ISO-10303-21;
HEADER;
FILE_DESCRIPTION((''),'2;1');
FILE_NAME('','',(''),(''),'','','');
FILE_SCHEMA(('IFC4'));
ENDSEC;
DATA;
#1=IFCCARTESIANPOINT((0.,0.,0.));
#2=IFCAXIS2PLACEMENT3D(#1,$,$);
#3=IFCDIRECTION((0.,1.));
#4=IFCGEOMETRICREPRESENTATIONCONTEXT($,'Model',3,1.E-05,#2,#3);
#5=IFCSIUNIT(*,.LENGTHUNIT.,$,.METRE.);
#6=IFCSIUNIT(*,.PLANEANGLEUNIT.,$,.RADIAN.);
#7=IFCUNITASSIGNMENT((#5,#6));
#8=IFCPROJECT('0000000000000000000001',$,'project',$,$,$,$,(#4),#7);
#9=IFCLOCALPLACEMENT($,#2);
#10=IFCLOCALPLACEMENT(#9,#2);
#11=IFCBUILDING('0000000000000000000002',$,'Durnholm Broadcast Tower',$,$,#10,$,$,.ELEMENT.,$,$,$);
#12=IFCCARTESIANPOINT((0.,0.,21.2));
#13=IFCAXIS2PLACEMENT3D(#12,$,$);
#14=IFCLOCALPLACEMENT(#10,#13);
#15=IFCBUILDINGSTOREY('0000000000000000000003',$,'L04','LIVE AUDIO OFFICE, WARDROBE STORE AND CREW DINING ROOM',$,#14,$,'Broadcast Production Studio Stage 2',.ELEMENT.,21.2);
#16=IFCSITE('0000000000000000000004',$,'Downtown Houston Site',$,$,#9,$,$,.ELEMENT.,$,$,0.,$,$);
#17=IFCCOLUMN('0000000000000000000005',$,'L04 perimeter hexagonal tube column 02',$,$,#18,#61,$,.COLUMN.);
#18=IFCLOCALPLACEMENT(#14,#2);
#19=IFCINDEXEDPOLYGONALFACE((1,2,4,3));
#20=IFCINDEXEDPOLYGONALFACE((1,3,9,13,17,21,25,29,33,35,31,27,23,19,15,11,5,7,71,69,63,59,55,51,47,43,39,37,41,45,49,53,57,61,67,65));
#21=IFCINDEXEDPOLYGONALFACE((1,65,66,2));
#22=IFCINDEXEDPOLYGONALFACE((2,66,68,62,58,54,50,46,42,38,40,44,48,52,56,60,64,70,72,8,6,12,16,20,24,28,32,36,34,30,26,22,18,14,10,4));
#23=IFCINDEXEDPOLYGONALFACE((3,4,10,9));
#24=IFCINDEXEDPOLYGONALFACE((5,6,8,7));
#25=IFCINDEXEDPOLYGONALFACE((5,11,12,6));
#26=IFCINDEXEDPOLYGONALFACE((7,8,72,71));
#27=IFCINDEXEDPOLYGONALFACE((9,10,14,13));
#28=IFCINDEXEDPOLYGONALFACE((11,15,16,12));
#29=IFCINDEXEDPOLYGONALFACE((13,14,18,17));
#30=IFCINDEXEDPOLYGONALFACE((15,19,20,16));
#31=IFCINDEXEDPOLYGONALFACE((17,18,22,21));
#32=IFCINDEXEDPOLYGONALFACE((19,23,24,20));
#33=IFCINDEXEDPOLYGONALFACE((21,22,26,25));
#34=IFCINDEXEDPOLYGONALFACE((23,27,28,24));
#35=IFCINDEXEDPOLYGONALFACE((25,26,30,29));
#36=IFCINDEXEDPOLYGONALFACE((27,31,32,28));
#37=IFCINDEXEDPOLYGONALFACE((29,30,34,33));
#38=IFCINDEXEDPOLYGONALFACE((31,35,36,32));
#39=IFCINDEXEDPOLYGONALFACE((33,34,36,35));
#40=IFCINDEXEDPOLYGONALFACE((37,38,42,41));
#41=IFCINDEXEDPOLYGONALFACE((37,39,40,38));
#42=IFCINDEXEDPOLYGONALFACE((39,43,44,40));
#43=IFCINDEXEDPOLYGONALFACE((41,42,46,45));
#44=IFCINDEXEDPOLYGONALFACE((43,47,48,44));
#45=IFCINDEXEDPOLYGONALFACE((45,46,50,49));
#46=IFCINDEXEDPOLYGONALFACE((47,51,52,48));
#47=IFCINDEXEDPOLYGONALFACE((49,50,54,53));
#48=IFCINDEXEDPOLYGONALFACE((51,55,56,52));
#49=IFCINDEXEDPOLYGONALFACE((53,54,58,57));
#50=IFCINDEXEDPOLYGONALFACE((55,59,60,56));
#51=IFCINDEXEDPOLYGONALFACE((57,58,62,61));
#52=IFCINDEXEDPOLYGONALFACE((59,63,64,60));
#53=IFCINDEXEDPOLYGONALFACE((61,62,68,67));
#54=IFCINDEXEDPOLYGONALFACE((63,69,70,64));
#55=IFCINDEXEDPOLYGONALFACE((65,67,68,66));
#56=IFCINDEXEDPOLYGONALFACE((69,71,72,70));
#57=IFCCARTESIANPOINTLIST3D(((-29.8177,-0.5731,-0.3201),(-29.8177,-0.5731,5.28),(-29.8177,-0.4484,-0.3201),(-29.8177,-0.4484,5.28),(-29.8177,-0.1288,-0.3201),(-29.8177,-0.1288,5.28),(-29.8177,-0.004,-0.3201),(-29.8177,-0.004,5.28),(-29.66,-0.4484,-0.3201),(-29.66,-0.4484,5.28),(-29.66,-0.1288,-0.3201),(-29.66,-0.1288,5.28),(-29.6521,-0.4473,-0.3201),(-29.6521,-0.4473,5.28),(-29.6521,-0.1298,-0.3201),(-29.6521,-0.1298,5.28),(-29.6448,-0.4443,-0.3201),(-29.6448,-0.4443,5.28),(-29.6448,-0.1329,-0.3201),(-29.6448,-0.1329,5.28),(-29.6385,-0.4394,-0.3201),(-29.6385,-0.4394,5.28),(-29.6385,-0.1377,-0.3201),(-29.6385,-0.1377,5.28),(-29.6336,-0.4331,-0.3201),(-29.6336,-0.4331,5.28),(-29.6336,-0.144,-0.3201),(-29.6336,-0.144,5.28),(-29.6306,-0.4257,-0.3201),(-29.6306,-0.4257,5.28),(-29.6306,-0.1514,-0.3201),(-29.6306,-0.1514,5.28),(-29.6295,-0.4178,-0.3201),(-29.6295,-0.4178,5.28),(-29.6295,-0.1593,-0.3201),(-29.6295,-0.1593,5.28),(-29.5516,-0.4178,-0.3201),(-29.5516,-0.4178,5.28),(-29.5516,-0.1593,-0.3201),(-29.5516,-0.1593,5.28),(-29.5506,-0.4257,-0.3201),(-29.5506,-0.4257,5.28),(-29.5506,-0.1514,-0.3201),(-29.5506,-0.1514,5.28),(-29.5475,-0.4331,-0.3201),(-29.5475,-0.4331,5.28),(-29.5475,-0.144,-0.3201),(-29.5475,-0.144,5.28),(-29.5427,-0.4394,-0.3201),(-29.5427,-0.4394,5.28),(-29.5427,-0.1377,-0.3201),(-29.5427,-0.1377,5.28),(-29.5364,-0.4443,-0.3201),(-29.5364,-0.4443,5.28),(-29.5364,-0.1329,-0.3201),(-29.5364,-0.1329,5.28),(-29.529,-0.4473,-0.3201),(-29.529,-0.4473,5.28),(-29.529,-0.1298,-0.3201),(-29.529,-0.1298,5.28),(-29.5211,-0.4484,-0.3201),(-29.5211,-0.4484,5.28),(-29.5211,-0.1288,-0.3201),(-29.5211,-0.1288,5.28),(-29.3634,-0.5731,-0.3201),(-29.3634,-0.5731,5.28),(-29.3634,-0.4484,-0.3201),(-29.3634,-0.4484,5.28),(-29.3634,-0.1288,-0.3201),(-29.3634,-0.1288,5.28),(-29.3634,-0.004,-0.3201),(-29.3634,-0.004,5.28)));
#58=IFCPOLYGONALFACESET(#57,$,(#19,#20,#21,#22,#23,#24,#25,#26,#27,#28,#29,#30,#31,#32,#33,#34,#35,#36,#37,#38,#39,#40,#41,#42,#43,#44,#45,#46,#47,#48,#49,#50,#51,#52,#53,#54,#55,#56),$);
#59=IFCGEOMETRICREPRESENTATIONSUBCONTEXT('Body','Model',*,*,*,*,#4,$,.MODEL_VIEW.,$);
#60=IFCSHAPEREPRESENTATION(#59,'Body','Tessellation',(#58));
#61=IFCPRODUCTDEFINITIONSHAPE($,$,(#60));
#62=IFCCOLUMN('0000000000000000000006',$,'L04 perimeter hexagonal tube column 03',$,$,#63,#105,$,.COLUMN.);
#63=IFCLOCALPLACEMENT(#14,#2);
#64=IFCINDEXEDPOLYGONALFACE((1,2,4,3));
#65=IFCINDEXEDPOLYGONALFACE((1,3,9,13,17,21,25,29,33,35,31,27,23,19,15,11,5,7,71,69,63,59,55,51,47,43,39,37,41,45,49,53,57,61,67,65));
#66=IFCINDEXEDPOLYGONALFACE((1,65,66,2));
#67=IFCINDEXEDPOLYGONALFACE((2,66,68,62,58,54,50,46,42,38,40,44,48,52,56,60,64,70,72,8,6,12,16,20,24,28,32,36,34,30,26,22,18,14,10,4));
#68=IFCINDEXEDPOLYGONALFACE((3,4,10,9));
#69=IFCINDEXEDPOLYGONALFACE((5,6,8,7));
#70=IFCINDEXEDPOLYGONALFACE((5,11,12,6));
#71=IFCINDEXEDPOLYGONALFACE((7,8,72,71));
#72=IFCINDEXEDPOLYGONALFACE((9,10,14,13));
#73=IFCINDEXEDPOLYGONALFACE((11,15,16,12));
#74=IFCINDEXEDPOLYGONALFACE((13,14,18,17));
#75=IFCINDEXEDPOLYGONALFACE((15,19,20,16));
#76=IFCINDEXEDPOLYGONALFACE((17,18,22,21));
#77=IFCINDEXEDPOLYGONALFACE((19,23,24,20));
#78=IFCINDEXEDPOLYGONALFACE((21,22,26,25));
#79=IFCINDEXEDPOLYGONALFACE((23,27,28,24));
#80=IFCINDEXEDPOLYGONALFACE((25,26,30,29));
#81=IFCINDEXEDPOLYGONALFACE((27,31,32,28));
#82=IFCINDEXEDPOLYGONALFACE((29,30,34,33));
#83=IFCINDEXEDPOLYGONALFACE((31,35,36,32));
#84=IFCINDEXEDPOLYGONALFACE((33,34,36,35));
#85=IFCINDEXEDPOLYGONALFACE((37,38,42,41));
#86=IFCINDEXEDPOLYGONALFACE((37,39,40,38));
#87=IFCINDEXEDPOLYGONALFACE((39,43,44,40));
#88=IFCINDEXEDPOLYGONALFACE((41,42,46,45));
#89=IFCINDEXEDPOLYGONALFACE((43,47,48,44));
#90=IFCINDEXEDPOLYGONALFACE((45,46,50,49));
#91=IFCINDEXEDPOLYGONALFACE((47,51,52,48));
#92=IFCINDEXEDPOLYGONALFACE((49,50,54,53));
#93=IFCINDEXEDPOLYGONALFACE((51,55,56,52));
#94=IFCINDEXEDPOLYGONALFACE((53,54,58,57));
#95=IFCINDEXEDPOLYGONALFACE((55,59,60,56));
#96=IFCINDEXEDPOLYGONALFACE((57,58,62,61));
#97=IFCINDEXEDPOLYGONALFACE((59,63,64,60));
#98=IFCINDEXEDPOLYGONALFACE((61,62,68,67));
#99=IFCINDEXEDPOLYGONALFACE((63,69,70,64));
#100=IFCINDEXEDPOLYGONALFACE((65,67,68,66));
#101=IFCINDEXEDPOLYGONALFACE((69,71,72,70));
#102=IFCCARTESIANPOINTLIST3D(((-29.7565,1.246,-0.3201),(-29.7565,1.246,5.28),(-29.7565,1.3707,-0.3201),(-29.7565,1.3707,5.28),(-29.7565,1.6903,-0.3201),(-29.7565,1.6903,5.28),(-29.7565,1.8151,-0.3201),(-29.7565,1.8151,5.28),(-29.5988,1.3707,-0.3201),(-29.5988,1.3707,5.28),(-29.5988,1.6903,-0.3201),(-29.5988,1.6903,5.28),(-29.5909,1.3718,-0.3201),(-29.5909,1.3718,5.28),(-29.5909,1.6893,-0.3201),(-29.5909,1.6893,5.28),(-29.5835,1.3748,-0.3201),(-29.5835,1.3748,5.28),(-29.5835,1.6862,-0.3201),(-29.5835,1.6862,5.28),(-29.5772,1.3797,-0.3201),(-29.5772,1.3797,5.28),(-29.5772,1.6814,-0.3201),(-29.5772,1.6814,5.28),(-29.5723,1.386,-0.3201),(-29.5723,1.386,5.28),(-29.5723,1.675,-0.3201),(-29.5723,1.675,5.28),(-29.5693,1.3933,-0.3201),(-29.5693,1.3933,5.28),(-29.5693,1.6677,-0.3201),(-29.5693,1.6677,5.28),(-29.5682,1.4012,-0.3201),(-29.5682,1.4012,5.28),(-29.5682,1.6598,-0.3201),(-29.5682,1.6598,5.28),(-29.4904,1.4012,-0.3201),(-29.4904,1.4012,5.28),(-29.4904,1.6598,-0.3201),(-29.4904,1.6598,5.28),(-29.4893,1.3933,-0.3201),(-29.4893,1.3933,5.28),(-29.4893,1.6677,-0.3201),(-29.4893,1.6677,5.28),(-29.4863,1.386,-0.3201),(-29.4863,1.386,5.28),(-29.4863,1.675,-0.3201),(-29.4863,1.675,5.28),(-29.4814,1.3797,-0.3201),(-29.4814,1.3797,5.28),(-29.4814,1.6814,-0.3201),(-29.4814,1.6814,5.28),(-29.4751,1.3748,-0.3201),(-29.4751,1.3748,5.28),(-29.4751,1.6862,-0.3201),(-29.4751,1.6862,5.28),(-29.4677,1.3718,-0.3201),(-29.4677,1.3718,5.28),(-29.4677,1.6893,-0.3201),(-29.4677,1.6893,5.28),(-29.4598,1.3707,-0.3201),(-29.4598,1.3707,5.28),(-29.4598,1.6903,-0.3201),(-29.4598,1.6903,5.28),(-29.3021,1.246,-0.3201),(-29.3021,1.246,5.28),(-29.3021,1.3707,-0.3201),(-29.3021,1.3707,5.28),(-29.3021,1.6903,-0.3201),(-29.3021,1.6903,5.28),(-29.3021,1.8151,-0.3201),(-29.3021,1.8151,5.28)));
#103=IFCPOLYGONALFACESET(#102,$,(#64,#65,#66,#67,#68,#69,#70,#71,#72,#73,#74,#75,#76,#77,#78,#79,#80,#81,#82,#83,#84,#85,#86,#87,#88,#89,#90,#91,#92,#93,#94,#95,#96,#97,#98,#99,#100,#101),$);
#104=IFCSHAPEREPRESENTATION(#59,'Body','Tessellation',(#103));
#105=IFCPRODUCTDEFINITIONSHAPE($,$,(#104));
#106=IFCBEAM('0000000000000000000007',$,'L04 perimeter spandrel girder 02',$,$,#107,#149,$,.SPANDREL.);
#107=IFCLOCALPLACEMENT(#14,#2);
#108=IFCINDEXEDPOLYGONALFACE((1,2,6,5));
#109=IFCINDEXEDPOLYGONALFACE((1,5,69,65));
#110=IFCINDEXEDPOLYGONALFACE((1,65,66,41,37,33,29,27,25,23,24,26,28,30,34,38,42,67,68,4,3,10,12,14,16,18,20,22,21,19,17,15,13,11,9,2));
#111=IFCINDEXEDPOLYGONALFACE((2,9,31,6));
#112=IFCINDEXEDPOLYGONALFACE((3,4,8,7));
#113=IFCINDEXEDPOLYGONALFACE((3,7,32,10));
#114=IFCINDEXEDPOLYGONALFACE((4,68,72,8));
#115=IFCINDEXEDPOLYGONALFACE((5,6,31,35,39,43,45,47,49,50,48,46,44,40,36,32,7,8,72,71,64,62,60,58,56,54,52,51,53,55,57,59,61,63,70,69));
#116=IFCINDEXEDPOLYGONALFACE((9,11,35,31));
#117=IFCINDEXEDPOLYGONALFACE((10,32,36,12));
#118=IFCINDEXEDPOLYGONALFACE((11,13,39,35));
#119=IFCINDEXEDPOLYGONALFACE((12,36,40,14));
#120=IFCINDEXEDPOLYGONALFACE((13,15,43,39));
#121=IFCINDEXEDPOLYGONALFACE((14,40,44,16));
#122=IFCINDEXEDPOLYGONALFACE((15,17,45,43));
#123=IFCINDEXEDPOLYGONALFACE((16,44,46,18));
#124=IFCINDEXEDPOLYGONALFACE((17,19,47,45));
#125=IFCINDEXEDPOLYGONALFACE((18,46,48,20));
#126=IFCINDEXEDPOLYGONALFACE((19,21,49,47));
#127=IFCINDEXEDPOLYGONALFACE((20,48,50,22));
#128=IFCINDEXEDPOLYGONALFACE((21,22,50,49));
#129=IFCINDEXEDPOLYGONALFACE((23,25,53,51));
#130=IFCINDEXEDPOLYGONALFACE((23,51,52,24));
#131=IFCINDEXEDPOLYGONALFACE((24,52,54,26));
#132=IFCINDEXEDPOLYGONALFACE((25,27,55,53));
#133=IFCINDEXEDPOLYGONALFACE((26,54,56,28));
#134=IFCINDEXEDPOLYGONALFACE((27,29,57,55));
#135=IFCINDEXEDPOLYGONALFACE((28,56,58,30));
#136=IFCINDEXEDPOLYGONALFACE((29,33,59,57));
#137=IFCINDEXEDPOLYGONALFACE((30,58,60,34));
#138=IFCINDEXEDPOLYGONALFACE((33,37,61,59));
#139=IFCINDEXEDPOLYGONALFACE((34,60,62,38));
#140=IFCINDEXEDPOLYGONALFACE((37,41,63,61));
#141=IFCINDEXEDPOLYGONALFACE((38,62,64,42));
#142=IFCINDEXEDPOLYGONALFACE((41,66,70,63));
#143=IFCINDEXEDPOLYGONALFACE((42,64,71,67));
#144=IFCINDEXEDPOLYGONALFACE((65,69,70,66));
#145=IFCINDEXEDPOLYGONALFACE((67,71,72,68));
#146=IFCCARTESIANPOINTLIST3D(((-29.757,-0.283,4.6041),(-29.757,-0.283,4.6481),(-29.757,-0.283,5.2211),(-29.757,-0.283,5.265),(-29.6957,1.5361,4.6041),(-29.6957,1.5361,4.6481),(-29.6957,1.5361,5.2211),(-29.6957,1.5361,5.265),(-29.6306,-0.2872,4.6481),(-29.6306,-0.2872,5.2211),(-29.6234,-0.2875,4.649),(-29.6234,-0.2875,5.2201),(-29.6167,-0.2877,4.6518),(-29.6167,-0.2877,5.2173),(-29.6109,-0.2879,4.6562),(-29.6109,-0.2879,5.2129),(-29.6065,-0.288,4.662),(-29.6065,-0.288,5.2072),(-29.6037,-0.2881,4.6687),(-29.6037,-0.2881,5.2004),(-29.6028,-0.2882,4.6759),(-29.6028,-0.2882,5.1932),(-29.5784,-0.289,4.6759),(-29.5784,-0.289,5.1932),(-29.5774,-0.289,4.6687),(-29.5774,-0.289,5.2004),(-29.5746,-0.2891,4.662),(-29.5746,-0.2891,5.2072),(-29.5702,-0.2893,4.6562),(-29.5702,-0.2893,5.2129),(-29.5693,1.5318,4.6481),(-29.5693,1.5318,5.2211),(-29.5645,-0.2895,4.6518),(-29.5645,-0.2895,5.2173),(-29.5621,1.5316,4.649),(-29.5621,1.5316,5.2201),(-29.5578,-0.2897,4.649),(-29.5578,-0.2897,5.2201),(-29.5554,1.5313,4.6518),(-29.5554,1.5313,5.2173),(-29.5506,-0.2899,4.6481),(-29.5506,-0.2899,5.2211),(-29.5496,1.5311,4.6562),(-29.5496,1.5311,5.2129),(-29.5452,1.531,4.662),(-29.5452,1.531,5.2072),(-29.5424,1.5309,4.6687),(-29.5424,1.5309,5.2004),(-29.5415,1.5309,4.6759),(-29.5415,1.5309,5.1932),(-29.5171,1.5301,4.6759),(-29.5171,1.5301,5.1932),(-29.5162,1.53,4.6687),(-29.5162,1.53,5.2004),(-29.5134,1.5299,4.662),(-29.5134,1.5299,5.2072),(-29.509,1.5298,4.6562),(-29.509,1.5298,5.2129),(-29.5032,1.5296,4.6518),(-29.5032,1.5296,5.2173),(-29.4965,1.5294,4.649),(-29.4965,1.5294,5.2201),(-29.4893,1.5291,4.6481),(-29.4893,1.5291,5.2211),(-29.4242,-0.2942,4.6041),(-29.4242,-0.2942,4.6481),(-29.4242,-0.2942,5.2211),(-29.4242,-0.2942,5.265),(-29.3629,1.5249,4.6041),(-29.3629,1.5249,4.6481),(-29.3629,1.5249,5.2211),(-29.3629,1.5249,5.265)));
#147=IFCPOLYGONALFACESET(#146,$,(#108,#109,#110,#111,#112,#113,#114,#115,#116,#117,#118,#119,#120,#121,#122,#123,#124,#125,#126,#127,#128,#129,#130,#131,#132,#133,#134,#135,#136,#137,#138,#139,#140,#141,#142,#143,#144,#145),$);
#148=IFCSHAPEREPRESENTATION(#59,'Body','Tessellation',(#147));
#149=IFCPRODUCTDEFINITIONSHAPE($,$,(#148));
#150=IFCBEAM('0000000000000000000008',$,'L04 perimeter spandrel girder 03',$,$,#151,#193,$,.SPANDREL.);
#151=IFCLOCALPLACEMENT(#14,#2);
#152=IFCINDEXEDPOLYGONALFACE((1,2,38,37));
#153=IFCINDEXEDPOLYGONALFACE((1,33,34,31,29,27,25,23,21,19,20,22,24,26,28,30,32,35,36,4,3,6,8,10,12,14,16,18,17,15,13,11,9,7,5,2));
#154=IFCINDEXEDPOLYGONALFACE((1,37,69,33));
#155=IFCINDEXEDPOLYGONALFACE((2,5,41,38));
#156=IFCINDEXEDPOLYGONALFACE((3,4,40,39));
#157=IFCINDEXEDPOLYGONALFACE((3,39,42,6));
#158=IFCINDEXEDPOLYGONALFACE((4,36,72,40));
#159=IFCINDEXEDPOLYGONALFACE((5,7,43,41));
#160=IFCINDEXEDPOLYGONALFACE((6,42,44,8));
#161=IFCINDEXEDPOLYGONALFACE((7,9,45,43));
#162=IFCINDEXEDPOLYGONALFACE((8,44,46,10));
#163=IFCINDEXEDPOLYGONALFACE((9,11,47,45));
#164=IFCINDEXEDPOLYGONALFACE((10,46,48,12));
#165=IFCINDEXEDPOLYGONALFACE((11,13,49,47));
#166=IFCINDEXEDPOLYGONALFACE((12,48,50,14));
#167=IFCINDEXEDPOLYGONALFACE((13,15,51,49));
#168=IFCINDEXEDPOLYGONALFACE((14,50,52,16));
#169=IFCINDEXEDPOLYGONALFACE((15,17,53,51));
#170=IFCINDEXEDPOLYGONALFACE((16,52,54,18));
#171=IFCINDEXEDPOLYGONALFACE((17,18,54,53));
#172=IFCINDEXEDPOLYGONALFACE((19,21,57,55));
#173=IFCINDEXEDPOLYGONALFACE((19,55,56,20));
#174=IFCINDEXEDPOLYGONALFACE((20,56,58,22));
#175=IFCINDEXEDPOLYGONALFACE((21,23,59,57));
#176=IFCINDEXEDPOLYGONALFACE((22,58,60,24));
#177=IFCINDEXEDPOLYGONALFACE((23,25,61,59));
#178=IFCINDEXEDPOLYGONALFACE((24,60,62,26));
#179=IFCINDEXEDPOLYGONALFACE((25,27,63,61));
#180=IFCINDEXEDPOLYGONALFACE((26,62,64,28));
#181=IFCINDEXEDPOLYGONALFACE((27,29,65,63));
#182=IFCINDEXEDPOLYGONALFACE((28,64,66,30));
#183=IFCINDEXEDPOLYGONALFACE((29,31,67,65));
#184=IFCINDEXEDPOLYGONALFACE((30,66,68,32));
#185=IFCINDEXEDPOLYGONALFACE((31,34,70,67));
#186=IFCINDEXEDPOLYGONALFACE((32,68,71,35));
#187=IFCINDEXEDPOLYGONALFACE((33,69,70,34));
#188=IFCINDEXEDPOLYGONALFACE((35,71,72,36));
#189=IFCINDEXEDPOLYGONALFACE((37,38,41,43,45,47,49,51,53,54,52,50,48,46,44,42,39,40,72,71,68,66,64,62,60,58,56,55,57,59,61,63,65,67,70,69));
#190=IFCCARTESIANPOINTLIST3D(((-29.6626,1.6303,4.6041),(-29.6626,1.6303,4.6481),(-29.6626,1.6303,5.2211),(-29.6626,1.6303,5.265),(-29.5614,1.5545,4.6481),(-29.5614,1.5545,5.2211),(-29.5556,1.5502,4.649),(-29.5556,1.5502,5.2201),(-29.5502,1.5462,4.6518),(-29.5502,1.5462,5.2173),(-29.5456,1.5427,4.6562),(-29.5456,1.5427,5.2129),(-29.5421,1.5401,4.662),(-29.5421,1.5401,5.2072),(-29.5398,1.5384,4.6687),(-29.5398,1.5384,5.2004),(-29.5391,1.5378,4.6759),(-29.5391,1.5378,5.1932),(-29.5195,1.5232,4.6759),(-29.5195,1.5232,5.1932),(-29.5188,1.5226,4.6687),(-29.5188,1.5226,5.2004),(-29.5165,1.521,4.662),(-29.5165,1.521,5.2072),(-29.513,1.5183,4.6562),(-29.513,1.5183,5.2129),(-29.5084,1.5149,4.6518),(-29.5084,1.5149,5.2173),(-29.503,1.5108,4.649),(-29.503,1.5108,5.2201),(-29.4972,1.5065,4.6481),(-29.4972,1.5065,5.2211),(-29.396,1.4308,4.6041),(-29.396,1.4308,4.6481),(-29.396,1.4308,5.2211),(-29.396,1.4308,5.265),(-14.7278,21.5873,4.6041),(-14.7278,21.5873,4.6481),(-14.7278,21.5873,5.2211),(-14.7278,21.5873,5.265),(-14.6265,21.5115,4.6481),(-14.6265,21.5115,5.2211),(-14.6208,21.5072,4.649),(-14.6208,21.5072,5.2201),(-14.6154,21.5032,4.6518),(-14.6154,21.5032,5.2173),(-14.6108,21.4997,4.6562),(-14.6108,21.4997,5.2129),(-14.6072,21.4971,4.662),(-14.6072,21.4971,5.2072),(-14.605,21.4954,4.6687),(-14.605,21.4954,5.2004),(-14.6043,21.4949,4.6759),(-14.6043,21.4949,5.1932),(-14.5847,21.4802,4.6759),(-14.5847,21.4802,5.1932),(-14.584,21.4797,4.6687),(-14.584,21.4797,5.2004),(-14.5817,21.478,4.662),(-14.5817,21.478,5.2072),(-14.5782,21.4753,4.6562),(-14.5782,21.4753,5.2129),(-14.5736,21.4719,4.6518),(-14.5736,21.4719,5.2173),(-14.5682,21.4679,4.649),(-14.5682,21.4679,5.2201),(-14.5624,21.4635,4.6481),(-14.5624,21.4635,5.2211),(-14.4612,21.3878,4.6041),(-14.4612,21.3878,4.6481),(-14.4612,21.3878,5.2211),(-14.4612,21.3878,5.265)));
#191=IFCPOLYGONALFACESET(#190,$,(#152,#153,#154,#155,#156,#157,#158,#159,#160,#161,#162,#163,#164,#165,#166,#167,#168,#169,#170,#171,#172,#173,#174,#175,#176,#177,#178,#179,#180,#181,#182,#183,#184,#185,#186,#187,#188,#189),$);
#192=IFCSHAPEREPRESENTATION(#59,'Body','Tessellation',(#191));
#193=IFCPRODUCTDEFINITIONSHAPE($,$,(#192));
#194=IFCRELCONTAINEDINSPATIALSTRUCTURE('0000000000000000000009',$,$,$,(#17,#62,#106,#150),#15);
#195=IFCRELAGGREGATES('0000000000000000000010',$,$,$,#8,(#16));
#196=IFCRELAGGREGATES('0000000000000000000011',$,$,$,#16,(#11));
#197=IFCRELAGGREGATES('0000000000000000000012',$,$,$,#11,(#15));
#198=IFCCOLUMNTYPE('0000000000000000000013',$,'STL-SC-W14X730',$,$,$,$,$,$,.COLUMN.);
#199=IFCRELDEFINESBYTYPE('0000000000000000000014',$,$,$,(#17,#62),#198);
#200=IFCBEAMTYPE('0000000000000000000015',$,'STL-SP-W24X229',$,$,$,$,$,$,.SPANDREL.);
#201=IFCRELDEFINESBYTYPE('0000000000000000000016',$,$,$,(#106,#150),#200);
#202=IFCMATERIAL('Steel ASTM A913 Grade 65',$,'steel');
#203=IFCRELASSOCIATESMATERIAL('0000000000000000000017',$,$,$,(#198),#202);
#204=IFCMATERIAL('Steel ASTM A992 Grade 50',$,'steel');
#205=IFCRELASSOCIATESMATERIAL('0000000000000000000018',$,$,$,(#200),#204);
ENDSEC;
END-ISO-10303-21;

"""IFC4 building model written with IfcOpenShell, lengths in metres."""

from ifc_helpers import new_model, si_unit, direction, frame, origin, origin_2d, place, context, subcontext, project, spatial, i_section, extrude, source, transform, mapped, material, material_profile, profile_set, type_object, type_shapes, element, save


model = new_model("IFC4")

# Units and contexts
model_context = context("Model", 3, precision=1e-05, world=origin(), true_north=direction((0.0, 1.0)))
body_context = subcontext(model_context, "Body", "Model", "MODEL_VIEW")
ifc_project = project(units=[si_unit("LENGTHUNIT", "METRE"), si_unit("PLANEANGLEUNIT", "RADIAN")], contexts=[model_context])

# Site, building, storey
site_placement = place(None, origin())
site = spatial("IfcSite", under=ifc_project, at=site_placement, Name="Downtown Houston Site", CompositionType="ELEMENT", RefElevation=0.0)
building_placement = place(site_placement, origin())
building = spatial("IfcBuilding", under=site, at=building_placement, Name="Durnholm Broadcast Tower", CompositionType="ELEMENT")
storey_placement = place(building_placement, frame((0.0, 0.0, 21.2)))
storey = spatial("IfcBuildingStorey", under=building, at=storey_placement, Name="L04", Description="LIVE AUDIO OFFICE, WARDROBE STORE AND CREW DINING ROOM", LongName="Broadcast Production Studio Stage 2", CompositionType="ELEMENT", Elevation=21.2)

# Columns
ifc_material_1 = material(Name="Steel ASTM A913 Grade 65", Category="steel")
ifc_material_profile_1 = material_profile(ifc_material_1, i_section(OverallWidth=0.4543, OverallDepth=0.5691, WebThickness=0.0779, FlangeThickness=0.1248, FilletRadius=0.0305, at=origin_2d()), Name="W14X730")
ifc_profile_set_1 = profile_set([ifc_material_profile_1], Name="Steel ASTM A913 Grade 65")
column_type = type_object("IfcColumnType", Name="STL-SC-W14X730", PredefinedType="COLUMN", material=ifc_profile_set_1)
shared_shape_1 = source(origin(), body_context, "Body", "SweptSolid", [
    extrude(i_section(OverallWidth=0.4543, OverallDepth=0.5691, WebThickness=0.0779, FlangeThickness=0.1248, FilletRadius=0.0305, at=origin_2d()), origin(), (0.0, 0.0, 1.0), 5.6001),
])
type_shapes(column_type, [shared_shape_1])
for number, where, z_axis, x_axis, name in (
    (1, (-29.5906, -0.2886, -0.3201), (0.0, 0.0, 1.0), (1.0, 0.0, 0.0), "L04 perimeter hexagonal tube column 02"),
    (2, (-29.5293, 1.5305, -0.3201), (0.0, 0.0, 1.0), (1.0, 0.0, 0.0), "L04 perimeter hexagonal tube column 03"),
):
    element("IfcColumn", number, at=place(storey_placement, frame(where, z_axis=z_axis, x_axis=x_axis)), inside=storey, type_object=column_type, Name=name, PredefinedType="COLUMN", context=body_context, shape_type="MappedRepresentation", body=[
        mapped(shared_shape_1, transform((0.0, 0.0, 0.0), x_axis=(1.0, 0.0, 0.0), y_axis=(0.0, 1.0, 0.0), z_axis=(0.0, 0.0, 1.0), scale=1.0)),
    ])

# Beams
ifc_material_2 = material(Name="Steel ASTM A992 Grade 50", Category="steel")
ifc_material_profile_2 = material_profile(ifc_material_2, i_section(OverallWidth=0.333, OverallDepth=0.6609, WebThickness=0.0244, FlangeThickness=0.0439, FilletRadius=0.0278, at=origin_2d()), Name="W24X229")
ifc_profile_set_2 = profile_set([ifc_material_profile_2], Name="Steel ASTM A992 Grade 50")
beam_type_1 = type_object("IfcBeamType", Name="STL-SP-W24X229", PredefinedType="SPANDREL", material=ifc_profile_set_2)
shared_shape_2 = source(origin(), body_context, "Body", "SweptSolid", [
    extrude(i_section(OverallWidth=0.333, OverallDepth=0.6609, WebThickness=0.0244, FlangeThickness=0.0439, FilletRadius=0.0278, at=origin_2d()), origin(), (0.0, 0.0, 1.0), 1.8201),
])
beam_1_placement = place(storey_placement, frame((-29.5906, -0.2886, 4.9346), z_axis=(0.033668, 0.999433, 0.0), x_axis=(-0.999433, 0.033668, 0.0)))
element("IfcBeam", 3, at=beam_1_placement, inside=storey, type_object=beam_type_1, Name="L04 perimeter spandrel girder 02", PredefinedType="SPANDREL", context=body_context, shape_type="MappedRepresentation", body=[
    mapped(shared_shape_2, transform((0.0, 0.0, 0.0), x_axis=(1.0, 0.0, 0.0), y_axis=(0.0, 1.0, 0.0), z_axis=(0.0, 0.0, 1.0), scale=1.0)),
])
shared_shape_3 = source(origin(), body_context, "Body", "SweptSolid", [
    extrude(i_section(OverallWidth=0.333, OverallDepth=0.6609, WebThickness=0.0244, FlangeThickness=0.0439, FilletRadius=0.0278, at=origin_2d()), origin(), (0.0, 0.0, 1.0), 24.9265),
])
type_shapes(beam_type_1, [shared_shape_2, shared_shape_3])
beam_2_placement = place(storey_placement, frame((-29.5293, 1.5305, 4.9346), z_axis=(0.599153, 0.800634, 0.0), x_axis=(-0.800634, 0.599153, 0.0)))
element("IfcBeam", 4, at=beam_2_placement, inside=storey, type_object=beam_type_1, Name="L04 perimeter spandrel girder 03", PredefinedType="SPANDREL", context=body_context, shape_type="MappedRepresentation", body=[
    mapped(shared_shape_3, transform((0.0, 0.0, 0.0), x_axis=(1.0, 0.0, 0.0), y_axis=(0.0, 1.0, 0.0), z_axis=(0.0, 0.0, 1.0), scale=1.0)),
])

save(model, "model.ifc")
